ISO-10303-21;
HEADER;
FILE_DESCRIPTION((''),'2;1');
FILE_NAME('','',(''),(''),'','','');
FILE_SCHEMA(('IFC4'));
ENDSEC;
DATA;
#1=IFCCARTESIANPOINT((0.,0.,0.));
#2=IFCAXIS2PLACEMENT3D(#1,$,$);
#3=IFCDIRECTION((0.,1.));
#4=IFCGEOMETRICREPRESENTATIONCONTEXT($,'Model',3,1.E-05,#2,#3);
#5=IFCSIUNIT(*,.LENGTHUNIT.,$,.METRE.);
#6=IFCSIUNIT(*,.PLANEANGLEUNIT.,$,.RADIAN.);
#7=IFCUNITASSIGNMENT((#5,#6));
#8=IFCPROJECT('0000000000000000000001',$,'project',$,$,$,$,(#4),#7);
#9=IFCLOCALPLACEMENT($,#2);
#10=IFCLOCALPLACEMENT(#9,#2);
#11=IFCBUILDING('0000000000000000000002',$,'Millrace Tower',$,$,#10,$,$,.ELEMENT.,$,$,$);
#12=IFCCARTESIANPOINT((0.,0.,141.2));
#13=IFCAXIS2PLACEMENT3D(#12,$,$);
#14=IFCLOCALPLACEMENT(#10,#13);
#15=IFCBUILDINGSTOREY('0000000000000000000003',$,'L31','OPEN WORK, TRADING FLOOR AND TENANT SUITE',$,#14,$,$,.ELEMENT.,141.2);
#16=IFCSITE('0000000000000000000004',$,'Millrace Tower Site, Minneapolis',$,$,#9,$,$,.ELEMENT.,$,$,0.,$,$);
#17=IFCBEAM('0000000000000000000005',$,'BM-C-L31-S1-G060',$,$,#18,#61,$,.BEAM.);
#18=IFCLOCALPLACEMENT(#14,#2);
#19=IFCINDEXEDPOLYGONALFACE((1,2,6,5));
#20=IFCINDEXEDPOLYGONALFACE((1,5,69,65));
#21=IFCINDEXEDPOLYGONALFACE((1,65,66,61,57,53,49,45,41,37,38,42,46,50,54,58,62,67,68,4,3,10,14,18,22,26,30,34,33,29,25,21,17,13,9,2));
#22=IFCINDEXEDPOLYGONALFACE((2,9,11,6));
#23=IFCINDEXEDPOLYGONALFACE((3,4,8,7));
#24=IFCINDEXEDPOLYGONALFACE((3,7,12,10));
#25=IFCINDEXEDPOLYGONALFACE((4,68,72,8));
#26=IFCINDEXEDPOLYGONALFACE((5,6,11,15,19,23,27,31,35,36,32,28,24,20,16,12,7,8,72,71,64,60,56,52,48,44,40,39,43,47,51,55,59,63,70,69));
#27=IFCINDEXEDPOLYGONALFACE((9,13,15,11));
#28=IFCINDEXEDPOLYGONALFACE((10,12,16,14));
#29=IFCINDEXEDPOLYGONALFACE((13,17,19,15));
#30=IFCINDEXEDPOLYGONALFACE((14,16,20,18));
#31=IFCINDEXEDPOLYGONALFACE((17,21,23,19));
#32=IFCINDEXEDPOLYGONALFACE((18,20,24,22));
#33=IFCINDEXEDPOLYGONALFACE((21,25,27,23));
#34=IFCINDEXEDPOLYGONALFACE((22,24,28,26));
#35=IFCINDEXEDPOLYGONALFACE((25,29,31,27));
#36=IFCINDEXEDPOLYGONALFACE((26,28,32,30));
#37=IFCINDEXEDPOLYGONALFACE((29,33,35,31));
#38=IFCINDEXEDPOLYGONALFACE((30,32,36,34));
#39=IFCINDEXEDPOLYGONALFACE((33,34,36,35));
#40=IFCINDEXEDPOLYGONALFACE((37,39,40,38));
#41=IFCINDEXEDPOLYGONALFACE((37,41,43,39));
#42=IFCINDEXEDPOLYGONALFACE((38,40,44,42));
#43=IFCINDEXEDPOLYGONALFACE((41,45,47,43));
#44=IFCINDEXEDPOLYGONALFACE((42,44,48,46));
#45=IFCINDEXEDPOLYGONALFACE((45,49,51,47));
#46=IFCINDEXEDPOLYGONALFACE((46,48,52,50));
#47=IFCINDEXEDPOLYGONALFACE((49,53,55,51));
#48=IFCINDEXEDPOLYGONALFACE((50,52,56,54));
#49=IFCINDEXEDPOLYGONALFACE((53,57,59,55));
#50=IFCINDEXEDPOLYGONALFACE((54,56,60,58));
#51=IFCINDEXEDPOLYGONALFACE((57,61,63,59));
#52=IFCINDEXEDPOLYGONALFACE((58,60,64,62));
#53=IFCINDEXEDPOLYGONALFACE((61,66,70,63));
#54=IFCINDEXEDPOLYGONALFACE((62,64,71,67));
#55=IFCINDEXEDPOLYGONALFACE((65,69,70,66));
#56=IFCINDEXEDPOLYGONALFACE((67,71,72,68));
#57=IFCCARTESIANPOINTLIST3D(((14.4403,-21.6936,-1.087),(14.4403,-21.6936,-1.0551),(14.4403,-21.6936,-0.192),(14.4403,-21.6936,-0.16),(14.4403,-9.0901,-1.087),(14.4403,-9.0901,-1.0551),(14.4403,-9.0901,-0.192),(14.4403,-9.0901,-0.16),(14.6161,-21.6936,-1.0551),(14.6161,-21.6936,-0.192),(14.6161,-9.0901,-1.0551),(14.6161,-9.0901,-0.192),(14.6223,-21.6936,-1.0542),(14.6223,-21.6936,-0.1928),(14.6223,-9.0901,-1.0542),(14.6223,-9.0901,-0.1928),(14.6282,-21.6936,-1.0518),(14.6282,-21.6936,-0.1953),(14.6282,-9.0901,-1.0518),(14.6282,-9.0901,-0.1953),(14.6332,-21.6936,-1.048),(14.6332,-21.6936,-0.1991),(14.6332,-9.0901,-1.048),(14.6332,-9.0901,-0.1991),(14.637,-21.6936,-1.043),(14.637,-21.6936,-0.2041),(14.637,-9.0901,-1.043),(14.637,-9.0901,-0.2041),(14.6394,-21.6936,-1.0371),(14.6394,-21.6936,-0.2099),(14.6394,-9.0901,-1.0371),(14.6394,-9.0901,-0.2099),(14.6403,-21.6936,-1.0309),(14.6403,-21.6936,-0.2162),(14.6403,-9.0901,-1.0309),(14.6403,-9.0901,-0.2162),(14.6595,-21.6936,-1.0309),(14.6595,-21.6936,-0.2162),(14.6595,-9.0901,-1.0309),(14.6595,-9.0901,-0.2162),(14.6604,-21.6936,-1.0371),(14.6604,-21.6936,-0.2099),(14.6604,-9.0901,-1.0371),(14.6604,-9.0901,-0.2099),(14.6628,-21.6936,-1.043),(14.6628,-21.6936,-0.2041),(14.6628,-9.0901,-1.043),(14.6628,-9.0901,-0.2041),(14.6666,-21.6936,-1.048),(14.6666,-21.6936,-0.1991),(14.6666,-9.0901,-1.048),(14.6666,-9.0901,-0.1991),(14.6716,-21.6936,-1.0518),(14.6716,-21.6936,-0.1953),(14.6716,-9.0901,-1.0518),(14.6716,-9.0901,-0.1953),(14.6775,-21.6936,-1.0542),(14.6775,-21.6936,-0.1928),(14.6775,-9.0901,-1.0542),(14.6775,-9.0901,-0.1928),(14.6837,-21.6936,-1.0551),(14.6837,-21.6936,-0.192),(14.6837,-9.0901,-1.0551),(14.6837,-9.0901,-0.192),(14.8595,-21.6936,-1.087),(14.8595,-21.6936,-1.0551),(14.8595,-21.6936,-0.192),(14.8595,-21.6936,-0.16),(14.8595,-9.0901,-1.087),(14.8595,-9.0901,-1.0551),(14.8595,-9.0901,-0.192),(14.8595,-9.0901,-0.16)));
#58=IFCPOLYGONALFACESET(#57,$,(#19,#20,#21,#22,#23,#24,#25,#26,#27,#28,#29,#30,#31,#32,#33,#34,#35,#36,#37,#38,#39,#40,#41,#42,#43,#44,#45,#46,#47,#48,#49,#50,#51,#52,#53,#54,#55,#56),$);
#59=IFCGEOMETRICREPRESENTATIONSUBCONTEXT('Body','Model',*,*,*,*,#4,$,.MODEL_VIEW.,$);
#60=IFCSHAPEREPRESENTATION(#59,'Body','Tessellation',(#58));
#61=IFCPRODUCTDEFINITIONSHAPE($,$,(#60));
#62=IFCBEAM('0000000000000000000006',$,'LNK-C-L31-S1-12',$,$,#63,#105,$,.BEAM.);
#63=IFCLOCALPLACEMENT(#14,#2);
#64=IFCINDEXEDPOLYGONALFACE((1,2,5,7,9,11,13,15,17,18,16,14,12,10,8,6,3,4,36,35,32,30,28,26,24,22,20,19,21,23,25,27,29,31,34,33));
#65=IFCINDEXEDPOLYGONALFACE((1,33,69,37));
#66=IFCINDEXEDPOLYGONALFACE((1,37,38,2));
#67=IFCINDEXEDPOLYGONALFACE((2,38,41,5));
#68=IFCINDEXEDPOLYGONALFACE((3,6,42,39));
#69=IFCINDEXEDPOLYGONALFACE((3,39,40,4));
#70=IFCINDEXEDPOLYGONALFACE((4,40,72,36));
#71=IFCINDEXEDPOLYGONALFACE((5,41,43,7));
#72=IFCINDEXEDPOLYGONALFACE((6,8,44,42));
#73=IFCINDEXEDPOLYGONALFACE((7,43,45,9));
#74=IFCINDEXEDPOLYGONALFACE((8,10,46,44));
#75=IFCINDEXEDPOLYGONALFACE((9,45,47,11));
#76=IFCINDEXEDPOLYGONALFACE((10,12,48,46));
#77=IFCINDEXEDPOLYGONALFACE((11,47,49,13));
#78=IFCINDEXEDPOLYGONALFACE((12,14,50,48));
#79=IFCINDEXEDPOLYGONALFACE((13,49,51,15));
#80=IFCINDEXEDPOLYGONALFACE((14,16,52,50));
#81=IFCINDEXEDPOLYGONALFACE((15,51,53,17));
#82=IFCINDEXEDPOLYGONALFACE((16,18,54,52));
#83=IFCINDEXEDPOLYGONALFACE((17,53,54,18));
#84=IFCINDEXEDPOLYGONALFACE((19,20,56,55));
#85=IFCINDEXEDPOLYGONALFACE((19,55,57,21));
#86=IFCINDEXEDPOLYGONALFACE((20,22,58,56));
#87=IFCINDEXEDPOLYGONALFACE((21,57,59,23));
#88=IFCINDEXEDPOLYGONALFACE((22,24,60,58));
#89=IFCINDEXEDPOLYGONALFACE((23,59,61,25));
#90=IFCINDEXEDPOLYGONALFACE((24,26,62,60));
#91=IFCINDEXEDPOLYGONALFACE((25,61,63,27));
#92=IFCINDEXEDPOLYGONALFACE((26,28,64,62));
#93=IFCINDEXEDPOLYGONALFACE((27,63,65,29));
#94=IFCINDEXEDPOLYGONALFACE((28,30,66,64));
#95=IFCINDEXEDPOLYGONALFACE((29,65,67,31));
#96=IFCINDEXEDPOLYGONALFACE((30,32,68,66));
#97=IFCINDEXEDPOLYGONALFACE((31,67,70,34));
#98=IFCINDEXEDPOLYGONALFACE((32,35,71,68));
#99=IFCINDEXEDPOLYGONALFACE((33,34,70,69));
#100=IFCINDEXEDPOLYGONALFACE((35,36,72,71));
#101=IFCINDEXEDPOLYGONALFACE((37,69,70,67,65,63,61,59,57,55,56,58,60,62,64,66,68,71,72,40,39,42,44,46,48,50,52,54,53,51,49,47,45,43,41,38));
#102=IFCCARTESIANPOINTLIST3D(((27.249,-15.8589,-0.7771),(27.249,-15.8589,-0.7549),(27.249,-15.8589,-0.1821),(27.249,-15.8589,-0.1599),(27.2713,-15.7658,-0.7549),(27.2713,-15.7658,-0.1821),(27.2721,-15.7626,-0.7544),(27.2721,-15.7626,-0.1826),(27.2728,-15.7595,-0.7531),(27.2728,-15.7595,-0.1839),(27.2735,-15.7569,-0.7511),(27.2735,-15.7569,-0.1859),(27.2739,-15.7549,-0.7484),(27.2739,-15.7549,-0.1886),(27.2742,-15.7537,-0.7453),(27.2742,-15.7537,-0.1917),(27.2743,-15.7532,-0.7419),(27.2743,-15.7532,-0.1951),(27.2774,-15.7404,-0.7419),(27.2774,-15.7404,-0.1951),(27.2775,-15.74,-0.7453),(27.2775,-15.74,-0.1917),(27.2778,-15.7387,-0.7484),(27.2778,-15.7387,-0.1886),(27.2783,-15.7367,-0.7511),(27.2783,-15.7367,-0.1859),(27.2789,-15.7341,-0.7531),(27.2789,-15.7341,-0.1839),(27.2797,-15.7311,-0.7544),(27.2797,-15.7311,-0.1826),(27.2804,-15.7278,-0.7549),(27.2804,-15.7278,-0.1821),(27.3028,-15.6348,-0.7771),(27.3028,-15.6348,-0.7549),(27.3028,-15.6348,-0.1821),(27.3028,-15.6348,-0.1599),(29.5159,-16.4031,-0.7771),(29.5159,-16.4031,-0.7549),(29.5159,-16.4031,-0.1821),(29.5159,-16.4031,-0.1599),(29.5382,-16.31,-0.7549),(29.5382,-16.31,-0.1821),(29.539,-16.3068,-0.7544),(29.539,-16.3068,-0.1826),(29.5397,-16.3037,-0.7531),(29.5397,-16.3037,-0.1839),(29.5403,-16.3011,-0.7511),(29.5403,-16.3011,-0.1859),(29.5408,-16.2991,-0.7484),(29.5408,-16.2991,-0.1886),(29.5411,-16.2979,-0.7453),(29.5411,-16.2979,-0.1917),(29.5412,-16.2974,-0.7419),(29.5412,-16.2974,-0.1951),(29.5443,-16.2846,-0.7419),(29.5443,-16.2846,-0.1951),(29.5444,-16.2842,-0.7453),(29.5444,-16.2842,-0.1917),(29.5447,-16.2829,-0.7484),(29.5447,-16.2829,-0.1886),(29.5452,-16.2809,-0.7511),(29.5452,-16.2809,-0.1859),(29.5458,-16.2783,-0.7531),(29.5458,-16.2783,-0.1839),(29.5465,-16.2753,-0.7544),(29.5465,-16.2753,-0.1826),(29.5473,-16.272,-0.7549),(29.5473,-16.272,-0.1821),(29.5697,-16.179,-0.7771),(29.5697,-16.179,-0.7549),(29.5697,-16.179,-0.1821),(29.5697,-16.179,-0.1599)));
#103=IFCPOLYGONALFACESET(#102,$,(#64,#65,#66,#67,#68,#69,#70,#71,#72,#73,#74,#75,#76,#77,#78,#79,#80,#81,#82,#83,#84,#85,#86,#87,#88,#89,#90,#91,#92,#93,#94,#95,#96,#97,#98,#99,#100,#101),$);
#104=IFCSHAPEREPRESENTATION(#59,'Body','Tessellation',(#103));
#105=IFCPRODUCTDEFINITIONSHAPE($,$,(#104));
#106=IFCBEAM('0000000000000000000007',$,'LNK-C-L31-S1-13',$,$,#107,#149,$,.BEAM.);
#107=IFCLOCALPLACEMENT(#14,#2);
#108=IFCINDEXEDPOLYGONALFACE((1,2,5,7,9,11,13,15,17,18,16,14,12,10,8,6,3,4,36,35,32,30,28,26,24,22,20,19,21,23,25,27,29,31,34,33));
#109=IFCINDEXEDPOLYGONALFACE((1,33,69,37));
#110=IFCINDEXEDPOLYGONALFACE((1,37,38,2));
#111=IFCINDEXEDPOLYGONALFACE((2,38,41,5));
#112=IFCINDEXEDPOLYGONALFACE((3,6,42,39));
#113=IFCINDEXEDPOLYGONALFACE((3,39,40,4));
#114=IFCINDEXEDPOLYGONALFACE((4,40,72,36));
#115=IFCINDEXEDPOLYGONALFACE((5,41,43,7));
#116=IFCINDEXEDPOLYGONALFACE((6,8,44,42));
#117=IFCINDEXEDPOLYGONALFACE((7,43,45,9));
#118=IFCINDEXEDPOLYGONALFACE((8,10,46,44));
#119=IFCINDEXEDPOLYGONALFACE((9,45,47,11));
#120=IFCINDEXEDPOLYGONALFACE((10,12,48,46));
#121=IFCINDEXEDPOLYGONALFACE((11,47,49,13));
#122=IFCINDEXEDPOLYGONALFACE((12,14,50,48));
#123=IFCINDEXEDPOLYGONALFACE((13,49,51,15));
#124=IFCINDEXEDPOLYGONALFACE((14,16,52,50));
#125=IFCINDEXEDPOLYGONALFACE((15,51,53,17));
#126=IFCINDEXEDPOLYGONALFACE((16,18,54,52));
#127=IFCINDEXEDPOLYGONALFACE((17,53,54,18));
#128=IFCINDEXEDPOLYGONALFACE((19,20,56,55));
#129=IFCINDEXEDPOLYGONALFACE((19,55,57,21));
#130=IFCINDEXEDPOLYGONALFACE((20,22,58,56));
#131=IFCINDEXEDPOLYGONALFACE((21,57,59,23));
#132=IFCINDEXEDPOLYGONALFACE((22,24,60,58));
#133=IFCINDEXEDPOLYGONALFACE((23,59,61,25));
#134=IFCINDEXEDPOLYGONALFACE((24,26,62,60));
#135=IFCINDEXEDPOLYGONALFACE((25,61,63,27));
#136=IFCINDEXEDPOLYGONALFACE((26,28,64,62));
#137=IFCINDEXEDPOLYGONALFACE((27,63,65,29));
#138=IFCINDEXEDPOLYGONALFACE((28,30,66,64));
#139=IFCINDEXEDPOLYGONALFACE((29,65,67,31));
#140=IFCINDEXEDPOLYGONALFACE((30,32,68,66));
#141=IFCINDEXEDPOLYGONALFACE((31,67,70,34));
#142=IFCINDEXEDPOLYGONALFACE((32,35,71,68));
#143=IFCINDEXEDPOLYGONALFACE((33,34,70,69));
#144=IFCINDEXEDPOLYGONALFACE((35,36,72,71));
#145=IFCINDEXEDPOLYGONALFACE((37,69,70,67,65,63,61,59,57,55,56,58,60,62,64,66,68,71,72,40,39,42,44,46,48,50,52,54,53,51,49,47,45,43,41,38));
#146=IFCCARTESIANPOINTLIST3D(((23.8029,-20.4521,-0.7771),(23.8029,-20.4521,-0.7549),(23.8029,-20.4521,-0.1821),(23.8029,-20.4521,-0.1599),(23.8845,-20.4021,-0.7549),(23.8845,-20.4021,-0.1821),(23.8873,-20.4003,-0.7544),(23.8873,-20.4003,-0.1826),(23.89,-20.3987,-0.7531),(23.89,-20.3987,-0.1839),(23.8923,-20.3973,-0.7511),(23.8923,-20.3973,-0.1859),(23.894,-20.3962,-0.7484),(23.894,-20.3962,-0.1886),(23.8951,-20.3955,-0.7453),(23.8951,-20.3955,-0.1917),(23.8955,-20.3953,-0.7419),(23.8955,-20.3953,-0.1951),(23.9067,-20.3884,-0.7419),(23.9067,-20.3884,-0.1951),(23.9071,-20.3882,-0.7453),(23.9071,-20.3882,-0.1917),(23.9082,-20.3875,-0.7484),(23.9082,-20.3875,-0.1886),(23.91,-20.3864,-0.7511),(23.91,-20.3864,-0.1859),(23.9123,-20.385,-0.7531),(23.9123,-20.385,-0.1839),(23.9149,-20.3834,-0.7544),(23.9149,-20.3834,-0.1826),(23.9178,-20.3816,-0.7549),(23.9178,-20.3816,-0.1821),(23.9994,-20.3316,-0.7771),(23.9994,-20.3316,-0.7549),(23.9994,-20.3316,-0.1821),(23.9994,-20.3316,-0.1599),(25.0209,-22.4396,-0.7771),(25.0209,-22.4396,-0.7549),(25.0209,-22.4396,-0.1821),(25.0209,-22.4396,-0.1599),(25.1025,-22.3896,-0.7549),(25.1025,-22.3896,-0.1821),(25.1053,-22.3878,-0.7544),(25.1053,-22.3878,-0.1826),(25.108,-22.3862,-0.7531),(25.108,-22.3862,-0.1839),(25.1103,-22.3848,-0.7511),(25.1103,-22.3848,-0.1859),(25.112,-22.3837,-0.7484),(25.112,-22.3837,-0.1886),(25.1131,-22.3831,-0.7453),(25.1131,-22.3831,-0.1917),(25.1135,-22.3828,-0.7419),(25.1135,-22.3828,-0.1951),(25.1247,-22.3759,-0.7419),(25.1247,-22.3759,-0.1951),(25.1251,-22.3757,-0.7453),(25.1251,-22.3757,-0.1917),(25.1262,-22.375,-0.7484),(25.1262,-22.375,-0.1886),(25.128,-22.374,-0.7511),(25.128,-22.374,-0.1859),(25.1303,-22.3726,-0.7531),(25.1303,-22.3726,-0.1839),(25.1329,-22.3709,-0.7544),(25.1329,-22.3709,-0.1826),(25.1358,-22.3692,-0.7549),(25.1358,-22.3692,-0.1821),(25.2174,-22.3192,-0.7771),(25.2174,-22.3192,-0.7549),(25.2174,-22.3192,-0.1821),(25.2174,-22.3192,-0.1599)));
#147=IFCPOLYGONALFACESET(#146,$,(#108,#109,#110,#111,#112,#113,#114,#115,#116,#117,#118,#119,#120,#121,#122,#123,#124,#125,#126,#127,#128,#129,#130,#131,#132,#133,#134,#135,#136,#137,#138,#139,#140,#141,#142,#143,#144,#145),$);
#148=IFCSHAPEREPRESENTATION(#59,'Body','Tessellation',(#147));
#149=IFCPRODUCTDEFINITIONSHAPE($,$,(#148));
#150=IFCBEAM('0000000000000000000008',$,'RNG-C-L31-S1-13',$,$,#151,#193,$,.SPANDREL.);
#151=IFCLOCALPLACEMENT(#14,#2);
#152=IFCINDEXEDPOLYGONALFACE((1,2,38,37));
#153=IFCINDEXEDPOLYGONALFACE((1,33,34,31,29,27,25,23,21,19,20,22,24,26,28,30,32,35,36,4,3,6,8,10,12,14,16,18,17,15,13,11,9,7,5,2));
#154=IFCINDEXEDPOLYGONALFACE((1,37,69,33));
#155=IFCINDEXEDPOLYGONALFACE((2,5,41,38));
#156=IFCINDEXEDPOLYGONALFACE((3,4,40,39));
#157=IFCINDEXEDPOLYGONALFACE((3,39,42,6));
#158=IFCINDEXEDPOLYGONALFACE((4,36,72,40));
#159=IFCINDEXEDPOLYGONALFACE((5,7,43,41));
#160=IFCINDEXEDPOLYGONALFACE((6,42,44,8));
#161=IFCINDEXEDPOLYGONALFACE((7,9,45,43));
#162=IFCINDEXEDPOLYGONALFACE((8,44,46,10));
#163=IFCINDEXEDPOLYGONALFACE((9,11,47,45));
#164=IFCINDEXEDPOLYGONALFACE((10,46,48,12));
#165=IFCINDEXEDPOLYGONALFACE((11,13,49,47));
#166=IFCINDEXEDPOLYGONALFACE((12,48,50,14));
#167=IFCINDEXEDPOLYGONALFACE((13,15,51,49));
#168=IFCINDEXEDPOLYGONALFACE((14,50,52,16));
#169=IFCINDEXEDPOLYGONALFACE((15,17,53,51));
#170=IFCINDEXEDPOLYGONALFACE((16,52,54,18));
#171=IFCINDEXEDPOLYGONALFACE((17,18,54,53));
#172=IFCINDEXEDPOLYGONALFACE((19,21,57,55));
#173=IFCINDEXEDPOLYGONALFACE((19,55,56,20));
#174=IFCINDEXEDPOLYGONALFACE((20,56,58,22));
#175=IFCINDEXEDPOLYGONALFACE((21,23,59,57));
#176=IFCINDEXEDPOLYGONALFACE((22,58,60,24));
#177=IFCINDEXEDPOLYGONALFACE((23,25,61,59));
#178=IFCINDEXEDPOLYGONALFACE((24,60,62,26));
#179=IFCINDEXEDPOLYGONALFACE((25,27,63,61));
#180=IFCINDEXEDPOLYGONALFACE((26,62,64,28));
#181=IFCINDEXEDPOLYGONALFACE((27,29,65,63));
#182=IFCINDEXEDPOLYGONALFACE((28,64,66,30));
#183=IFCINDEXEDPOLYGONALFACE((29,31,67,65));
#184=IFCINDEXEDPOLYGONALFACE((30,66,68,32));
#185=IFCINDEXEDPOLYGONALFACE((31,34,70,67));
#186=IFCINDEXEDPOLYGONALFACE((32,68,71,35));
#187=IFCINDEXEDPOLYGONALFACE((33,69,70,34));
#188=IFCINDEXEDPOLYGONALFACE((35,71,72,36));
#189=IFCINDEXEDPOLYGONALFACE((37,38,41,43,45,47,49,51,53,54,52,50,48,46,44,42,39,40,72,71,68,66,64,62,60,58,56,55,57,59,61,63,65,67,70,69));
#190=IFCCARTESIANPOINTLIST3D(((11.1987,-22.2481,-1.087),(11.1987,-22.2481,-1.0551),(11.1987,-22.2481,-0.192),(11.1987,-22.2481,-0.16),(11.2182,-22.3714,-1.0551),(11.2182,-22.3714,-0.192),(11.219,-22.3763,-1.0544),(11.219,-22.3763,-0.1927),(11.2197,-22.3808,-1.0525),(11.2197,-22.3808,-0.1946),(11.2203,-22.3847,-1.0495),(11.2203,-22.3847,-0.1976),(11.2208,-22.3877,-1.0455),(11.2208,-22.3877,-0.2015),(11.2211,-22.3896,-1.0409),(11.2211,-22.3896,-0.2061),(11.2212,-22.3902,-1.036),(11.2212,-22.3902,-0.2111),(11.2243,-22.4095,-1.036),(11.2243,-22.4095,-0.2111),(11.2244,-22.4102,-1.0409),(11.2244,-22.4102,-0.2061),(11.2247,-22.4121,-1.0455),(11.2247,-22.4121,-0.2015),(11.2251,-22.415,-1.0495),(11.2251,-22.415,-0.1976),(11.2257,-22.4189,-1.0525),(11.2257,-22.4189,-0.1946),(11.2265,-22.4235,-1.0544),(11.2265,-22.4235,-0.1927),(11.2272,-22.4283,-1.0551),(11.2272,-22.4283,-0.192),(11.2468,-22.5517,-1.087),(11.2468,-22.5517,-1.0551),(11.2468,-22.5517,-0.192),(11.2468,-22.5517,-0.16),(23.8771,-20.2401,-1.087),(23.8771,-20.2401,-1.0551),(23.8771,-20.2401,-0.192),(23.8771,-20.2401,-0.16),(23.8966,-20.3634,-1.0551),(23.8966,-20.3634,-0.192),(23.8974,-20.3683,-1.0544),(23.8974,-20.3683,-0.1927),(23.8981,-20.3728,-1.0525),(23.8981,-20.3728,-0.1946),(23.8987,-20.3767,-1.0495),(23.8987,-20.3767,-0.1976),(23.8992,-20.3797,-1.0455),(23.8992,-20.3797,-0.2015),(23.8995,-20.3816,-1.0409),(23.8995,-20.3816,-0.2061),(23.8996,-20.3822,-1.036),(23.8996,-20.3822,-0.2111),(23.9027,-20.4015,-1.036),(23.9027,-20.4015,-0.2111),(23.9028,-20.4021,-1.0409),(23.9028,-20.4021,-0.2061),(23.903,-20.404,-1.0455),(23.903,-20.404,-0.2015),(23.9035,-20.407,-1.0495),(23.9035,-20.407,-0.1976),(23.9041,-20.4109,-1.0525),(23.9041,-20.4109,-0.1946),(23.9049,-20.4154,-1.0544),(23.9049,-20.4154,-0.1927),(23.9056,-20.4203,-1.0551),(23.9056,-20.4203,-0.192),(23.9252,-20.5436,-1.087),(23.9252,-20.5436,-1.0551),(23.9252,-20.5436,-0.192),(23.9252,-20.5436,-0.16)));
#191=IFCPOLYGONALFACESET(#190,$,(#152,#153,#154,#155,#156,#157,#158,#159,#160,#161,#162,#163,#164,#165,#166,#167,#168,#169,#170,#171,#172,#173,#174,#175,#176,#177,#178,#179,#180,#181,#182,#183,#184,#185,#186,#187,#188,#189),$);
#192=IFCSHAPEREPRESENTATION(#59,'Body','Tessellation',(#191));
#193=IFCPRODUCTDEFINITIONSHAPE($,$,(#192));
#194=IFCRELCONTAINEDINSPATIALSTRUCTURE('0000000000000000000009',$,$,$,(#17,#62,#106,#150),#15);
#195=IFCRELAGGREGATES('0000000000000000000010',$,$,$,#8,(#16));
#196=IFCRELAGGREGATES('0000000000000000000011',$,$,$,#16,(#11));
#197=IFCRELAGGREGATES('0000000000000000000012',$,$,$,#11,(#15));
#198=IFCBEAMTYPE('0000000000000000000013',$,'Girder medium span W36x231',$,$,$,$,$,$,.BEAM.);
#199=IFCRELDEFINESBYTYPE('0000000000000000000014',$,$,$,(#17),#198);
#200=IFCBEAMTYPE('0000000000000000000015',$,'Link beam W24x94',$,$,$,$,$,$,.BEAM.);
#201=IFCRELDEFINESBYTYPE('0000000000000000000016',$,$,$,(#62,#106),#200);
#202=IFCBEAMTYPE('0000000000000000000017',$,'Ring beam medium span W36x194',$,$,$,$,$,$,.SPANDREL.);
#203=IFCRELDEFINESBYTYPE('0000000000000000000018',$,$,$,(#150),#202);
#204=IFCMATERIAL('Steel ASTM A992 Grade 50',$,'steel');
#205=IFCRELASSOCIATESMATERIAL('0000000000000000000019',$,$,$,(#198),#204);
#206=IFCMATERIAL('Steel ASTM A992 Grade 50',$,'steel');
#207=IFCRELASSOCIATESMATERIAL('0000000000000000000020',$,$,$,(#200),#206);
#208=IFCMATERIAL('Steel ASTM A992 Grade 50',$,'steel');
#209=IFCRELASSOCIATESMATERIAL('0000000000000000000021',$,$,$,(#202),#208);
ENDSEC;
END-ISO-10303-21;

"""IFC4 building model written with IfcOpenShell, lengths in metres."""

from ifc_helpers import new_model, si_unit, direction, frame, origin, origin_2d, place, context, subcontext, project, spatial, i_section, extrude, material, material_profile, profile_set, type_object, element, save


model = new_model("IFC4")

# Units and contexts
model_context = context("Model", 3, precision=1e-05, world=origin(), true_north=direction((0.0, 1.0)))
body_context = subcontext(model_context, "Body", "Model", "MODEL_VIEW")
ifc_project = project(units=[si_unit("LENGTHUNIT", "METRE"), si_unit("PLANEANGLEUNIT", "RADIAN")], contexts=[model_context])

# Site, building, storey
site_placement = place(None, origin())
site = spatial("IfcSite", under=ifc_project, at=site_placement, Name="Millrace Tower Site, Minneapolis", CompositionType="ELEMENT", RefElevation=0.0)
building_placement = place(site_placement, origin())
building = spatial("IfcBuilding", under=site, at=building_placement, Name="Millrace Tower", CompositionType="ELEMENT")
storey_placement = place(building_placement, frame((0.0, 0.0, 141.2)))
storey = spatial("IfcBuildingStorey", under=building, at=storey_placement, Name="L31", Description="OPEN WORK, TRADING FLOOR AND TENANT SUITE", CompositionType="ELEMENT", Elevation=141.2)

# Beams
ifc_material_1 = material(Name="Steel ASTM A992 Grade 50", Category="steel")
ifc_material_profile_1 = material_profile(ifc_material_1, i_section(OverallWidth=0.4192, OverallDepth=0.927, WebThickness=0.0193, FlangeThickness=0.032, FilletRadius=0.0242, at=origin_2d()))
ifc_profile_set_1 = profile_set([ifc_material_profile_1], Name="Steel ASTM A992 Grade 50")
beam_type_1 = type_object("IfcBeamType", Name="Girder medium span W36x231", PredefinedType="BEAM", material=ifc_profile_set_1)
beam_1_placement = place(storey_placement, frame((14.6499, -21.6936, -0.6235), z_axis=(0.0, 1.0, 0.0), x_axis=(-1.0, 0.0, 0.0)))
element("IfcBeam", 1, at=beam_1_placement, inside=storey, type_object=beam_type_1, Name="BM-C-L31-S1-G060", PredefinedType="BEAM", context=body_context, shape_type="SweptSolid", body=[
    extrude(i_section(OverallWidth=0.4192, OverallDepth=0.927, WebThickness=0.0193, FlangeThickness=0.032, FilletRadius=0.0242, at=origin_2d()), origin(), (0.0, 0.0, 1.0), 12.6035),
])
ifc_material_2 = material(Name="Steel ASTM A992 Grade 50", Category="steel")
ifc_material_profile_2 = material_profile(ifc_material_2, i_section(OverallWidth=0.2305, OverallDepth=0.6172, WebThickness=0.0132, FlangeThickness=0.0222, FilletRadius=0.0129, at=origin_2d()))
ifc_profile_set_2 = profile_set([ifc_material_profile_2], Name="Steel ASTM A992 Grade 50")
beam_type_2 = type_object("IfcBeamType", Name="Link beam W24x94", PredefinedType="BEAM", material=ifc_profile_set_2)
beam_2_placement = place(storey_placement, frame((27.2759, -15.7468, -0.4685), z_axis=(0.972373, -0.233432, 0.0), x_axis=(0.233432, 0.972373, 0.0)))
element("IfcBeam", 2, at=beam_2_placement, inside=storey, type_object=beam_type_2, Name="LNK-C-L31-S1-12", PredefinedType="BEAM", context=body_context, shape_type="SweptSolid", body=[
    extrude(i_section(OverallWidth=0.2305, OverallDepth=0.6172, WebThickness=0.0132, FlangeThickness=0.0222, FilletRadius=0.0129, at=origin_2d()), origin(), (0.0, 0.0, 1.0), 2.3313),
])
beam_3_placement = place(storey_placement, frame((23.9011, -20.3918, -0.4685), z_axis=(0.522513, -0.852631, 0.0), x_axis=(0.852631, 0.522513, 0.0)))
element("IfcBeam", 3, at=beam_3_placement, inside=storey, type_object=beam_type_2, Name="LNK-C-L31-S1-13", PredefinedType="BEAM", context=body_context, shape_type="SweptSolid", body=[
    extrude(i_section(OverallWidth=0.2305, OverallDepth=0.6172, WebThickness=0.0132, FlangeThickness=0.0222, FilletRadius=0.0129, at=origin_2d()), origin(), (0.0, 0.0, 1.0), 2.3311),
])
ifc_material_3 = material(Name="Steel ASTM A992 Grade 50", Category="steel")
ifc_material_profile_3 = material_profile(ifc_material_3, i_section(OverallWidth=0.3074, OverallDepth=0.927, WebThickness=0.0195, FlangeThickness=0.032, FilletRadius=0.019, at=origin_2d()))
ifc_profile_set_3 = profile_set([ifc_material_profile_3], Name="Steel ASTM A992 Grade 50")
beam_type_3 = type_object("IfcBeamType", Name="Ring beam medium span W36x194", PredefinedType="SPANDREL", material=ifc_profile_set_3)
beam_4_placement = place(storey_placement, frame((23.9011, -20.3918, -0.6235), z_axis=(-0.987689, -0.156433, 0.0), x_axis=(0.156433, -0.987689, 0.0)))
element("IfcBeam", 4, at=beam_4_placement, inside=storey, type_object=beam_type_3, Name="RNG-C-L31-S1-13", PredefinedType="SPANDREL", context=body_context, shape_type="SweptSolid", body=[
    extrude(i_section(OverallWidth=0.3074, OverallDepth=0.927, WebThickness=0.0195, FlangeThickness=0.032, FilletRadius=0.019, at=origin_2d()), origin(), (0.0, 0.0, 1.0), 12.8364),
])

save(model, "model.ifc")
